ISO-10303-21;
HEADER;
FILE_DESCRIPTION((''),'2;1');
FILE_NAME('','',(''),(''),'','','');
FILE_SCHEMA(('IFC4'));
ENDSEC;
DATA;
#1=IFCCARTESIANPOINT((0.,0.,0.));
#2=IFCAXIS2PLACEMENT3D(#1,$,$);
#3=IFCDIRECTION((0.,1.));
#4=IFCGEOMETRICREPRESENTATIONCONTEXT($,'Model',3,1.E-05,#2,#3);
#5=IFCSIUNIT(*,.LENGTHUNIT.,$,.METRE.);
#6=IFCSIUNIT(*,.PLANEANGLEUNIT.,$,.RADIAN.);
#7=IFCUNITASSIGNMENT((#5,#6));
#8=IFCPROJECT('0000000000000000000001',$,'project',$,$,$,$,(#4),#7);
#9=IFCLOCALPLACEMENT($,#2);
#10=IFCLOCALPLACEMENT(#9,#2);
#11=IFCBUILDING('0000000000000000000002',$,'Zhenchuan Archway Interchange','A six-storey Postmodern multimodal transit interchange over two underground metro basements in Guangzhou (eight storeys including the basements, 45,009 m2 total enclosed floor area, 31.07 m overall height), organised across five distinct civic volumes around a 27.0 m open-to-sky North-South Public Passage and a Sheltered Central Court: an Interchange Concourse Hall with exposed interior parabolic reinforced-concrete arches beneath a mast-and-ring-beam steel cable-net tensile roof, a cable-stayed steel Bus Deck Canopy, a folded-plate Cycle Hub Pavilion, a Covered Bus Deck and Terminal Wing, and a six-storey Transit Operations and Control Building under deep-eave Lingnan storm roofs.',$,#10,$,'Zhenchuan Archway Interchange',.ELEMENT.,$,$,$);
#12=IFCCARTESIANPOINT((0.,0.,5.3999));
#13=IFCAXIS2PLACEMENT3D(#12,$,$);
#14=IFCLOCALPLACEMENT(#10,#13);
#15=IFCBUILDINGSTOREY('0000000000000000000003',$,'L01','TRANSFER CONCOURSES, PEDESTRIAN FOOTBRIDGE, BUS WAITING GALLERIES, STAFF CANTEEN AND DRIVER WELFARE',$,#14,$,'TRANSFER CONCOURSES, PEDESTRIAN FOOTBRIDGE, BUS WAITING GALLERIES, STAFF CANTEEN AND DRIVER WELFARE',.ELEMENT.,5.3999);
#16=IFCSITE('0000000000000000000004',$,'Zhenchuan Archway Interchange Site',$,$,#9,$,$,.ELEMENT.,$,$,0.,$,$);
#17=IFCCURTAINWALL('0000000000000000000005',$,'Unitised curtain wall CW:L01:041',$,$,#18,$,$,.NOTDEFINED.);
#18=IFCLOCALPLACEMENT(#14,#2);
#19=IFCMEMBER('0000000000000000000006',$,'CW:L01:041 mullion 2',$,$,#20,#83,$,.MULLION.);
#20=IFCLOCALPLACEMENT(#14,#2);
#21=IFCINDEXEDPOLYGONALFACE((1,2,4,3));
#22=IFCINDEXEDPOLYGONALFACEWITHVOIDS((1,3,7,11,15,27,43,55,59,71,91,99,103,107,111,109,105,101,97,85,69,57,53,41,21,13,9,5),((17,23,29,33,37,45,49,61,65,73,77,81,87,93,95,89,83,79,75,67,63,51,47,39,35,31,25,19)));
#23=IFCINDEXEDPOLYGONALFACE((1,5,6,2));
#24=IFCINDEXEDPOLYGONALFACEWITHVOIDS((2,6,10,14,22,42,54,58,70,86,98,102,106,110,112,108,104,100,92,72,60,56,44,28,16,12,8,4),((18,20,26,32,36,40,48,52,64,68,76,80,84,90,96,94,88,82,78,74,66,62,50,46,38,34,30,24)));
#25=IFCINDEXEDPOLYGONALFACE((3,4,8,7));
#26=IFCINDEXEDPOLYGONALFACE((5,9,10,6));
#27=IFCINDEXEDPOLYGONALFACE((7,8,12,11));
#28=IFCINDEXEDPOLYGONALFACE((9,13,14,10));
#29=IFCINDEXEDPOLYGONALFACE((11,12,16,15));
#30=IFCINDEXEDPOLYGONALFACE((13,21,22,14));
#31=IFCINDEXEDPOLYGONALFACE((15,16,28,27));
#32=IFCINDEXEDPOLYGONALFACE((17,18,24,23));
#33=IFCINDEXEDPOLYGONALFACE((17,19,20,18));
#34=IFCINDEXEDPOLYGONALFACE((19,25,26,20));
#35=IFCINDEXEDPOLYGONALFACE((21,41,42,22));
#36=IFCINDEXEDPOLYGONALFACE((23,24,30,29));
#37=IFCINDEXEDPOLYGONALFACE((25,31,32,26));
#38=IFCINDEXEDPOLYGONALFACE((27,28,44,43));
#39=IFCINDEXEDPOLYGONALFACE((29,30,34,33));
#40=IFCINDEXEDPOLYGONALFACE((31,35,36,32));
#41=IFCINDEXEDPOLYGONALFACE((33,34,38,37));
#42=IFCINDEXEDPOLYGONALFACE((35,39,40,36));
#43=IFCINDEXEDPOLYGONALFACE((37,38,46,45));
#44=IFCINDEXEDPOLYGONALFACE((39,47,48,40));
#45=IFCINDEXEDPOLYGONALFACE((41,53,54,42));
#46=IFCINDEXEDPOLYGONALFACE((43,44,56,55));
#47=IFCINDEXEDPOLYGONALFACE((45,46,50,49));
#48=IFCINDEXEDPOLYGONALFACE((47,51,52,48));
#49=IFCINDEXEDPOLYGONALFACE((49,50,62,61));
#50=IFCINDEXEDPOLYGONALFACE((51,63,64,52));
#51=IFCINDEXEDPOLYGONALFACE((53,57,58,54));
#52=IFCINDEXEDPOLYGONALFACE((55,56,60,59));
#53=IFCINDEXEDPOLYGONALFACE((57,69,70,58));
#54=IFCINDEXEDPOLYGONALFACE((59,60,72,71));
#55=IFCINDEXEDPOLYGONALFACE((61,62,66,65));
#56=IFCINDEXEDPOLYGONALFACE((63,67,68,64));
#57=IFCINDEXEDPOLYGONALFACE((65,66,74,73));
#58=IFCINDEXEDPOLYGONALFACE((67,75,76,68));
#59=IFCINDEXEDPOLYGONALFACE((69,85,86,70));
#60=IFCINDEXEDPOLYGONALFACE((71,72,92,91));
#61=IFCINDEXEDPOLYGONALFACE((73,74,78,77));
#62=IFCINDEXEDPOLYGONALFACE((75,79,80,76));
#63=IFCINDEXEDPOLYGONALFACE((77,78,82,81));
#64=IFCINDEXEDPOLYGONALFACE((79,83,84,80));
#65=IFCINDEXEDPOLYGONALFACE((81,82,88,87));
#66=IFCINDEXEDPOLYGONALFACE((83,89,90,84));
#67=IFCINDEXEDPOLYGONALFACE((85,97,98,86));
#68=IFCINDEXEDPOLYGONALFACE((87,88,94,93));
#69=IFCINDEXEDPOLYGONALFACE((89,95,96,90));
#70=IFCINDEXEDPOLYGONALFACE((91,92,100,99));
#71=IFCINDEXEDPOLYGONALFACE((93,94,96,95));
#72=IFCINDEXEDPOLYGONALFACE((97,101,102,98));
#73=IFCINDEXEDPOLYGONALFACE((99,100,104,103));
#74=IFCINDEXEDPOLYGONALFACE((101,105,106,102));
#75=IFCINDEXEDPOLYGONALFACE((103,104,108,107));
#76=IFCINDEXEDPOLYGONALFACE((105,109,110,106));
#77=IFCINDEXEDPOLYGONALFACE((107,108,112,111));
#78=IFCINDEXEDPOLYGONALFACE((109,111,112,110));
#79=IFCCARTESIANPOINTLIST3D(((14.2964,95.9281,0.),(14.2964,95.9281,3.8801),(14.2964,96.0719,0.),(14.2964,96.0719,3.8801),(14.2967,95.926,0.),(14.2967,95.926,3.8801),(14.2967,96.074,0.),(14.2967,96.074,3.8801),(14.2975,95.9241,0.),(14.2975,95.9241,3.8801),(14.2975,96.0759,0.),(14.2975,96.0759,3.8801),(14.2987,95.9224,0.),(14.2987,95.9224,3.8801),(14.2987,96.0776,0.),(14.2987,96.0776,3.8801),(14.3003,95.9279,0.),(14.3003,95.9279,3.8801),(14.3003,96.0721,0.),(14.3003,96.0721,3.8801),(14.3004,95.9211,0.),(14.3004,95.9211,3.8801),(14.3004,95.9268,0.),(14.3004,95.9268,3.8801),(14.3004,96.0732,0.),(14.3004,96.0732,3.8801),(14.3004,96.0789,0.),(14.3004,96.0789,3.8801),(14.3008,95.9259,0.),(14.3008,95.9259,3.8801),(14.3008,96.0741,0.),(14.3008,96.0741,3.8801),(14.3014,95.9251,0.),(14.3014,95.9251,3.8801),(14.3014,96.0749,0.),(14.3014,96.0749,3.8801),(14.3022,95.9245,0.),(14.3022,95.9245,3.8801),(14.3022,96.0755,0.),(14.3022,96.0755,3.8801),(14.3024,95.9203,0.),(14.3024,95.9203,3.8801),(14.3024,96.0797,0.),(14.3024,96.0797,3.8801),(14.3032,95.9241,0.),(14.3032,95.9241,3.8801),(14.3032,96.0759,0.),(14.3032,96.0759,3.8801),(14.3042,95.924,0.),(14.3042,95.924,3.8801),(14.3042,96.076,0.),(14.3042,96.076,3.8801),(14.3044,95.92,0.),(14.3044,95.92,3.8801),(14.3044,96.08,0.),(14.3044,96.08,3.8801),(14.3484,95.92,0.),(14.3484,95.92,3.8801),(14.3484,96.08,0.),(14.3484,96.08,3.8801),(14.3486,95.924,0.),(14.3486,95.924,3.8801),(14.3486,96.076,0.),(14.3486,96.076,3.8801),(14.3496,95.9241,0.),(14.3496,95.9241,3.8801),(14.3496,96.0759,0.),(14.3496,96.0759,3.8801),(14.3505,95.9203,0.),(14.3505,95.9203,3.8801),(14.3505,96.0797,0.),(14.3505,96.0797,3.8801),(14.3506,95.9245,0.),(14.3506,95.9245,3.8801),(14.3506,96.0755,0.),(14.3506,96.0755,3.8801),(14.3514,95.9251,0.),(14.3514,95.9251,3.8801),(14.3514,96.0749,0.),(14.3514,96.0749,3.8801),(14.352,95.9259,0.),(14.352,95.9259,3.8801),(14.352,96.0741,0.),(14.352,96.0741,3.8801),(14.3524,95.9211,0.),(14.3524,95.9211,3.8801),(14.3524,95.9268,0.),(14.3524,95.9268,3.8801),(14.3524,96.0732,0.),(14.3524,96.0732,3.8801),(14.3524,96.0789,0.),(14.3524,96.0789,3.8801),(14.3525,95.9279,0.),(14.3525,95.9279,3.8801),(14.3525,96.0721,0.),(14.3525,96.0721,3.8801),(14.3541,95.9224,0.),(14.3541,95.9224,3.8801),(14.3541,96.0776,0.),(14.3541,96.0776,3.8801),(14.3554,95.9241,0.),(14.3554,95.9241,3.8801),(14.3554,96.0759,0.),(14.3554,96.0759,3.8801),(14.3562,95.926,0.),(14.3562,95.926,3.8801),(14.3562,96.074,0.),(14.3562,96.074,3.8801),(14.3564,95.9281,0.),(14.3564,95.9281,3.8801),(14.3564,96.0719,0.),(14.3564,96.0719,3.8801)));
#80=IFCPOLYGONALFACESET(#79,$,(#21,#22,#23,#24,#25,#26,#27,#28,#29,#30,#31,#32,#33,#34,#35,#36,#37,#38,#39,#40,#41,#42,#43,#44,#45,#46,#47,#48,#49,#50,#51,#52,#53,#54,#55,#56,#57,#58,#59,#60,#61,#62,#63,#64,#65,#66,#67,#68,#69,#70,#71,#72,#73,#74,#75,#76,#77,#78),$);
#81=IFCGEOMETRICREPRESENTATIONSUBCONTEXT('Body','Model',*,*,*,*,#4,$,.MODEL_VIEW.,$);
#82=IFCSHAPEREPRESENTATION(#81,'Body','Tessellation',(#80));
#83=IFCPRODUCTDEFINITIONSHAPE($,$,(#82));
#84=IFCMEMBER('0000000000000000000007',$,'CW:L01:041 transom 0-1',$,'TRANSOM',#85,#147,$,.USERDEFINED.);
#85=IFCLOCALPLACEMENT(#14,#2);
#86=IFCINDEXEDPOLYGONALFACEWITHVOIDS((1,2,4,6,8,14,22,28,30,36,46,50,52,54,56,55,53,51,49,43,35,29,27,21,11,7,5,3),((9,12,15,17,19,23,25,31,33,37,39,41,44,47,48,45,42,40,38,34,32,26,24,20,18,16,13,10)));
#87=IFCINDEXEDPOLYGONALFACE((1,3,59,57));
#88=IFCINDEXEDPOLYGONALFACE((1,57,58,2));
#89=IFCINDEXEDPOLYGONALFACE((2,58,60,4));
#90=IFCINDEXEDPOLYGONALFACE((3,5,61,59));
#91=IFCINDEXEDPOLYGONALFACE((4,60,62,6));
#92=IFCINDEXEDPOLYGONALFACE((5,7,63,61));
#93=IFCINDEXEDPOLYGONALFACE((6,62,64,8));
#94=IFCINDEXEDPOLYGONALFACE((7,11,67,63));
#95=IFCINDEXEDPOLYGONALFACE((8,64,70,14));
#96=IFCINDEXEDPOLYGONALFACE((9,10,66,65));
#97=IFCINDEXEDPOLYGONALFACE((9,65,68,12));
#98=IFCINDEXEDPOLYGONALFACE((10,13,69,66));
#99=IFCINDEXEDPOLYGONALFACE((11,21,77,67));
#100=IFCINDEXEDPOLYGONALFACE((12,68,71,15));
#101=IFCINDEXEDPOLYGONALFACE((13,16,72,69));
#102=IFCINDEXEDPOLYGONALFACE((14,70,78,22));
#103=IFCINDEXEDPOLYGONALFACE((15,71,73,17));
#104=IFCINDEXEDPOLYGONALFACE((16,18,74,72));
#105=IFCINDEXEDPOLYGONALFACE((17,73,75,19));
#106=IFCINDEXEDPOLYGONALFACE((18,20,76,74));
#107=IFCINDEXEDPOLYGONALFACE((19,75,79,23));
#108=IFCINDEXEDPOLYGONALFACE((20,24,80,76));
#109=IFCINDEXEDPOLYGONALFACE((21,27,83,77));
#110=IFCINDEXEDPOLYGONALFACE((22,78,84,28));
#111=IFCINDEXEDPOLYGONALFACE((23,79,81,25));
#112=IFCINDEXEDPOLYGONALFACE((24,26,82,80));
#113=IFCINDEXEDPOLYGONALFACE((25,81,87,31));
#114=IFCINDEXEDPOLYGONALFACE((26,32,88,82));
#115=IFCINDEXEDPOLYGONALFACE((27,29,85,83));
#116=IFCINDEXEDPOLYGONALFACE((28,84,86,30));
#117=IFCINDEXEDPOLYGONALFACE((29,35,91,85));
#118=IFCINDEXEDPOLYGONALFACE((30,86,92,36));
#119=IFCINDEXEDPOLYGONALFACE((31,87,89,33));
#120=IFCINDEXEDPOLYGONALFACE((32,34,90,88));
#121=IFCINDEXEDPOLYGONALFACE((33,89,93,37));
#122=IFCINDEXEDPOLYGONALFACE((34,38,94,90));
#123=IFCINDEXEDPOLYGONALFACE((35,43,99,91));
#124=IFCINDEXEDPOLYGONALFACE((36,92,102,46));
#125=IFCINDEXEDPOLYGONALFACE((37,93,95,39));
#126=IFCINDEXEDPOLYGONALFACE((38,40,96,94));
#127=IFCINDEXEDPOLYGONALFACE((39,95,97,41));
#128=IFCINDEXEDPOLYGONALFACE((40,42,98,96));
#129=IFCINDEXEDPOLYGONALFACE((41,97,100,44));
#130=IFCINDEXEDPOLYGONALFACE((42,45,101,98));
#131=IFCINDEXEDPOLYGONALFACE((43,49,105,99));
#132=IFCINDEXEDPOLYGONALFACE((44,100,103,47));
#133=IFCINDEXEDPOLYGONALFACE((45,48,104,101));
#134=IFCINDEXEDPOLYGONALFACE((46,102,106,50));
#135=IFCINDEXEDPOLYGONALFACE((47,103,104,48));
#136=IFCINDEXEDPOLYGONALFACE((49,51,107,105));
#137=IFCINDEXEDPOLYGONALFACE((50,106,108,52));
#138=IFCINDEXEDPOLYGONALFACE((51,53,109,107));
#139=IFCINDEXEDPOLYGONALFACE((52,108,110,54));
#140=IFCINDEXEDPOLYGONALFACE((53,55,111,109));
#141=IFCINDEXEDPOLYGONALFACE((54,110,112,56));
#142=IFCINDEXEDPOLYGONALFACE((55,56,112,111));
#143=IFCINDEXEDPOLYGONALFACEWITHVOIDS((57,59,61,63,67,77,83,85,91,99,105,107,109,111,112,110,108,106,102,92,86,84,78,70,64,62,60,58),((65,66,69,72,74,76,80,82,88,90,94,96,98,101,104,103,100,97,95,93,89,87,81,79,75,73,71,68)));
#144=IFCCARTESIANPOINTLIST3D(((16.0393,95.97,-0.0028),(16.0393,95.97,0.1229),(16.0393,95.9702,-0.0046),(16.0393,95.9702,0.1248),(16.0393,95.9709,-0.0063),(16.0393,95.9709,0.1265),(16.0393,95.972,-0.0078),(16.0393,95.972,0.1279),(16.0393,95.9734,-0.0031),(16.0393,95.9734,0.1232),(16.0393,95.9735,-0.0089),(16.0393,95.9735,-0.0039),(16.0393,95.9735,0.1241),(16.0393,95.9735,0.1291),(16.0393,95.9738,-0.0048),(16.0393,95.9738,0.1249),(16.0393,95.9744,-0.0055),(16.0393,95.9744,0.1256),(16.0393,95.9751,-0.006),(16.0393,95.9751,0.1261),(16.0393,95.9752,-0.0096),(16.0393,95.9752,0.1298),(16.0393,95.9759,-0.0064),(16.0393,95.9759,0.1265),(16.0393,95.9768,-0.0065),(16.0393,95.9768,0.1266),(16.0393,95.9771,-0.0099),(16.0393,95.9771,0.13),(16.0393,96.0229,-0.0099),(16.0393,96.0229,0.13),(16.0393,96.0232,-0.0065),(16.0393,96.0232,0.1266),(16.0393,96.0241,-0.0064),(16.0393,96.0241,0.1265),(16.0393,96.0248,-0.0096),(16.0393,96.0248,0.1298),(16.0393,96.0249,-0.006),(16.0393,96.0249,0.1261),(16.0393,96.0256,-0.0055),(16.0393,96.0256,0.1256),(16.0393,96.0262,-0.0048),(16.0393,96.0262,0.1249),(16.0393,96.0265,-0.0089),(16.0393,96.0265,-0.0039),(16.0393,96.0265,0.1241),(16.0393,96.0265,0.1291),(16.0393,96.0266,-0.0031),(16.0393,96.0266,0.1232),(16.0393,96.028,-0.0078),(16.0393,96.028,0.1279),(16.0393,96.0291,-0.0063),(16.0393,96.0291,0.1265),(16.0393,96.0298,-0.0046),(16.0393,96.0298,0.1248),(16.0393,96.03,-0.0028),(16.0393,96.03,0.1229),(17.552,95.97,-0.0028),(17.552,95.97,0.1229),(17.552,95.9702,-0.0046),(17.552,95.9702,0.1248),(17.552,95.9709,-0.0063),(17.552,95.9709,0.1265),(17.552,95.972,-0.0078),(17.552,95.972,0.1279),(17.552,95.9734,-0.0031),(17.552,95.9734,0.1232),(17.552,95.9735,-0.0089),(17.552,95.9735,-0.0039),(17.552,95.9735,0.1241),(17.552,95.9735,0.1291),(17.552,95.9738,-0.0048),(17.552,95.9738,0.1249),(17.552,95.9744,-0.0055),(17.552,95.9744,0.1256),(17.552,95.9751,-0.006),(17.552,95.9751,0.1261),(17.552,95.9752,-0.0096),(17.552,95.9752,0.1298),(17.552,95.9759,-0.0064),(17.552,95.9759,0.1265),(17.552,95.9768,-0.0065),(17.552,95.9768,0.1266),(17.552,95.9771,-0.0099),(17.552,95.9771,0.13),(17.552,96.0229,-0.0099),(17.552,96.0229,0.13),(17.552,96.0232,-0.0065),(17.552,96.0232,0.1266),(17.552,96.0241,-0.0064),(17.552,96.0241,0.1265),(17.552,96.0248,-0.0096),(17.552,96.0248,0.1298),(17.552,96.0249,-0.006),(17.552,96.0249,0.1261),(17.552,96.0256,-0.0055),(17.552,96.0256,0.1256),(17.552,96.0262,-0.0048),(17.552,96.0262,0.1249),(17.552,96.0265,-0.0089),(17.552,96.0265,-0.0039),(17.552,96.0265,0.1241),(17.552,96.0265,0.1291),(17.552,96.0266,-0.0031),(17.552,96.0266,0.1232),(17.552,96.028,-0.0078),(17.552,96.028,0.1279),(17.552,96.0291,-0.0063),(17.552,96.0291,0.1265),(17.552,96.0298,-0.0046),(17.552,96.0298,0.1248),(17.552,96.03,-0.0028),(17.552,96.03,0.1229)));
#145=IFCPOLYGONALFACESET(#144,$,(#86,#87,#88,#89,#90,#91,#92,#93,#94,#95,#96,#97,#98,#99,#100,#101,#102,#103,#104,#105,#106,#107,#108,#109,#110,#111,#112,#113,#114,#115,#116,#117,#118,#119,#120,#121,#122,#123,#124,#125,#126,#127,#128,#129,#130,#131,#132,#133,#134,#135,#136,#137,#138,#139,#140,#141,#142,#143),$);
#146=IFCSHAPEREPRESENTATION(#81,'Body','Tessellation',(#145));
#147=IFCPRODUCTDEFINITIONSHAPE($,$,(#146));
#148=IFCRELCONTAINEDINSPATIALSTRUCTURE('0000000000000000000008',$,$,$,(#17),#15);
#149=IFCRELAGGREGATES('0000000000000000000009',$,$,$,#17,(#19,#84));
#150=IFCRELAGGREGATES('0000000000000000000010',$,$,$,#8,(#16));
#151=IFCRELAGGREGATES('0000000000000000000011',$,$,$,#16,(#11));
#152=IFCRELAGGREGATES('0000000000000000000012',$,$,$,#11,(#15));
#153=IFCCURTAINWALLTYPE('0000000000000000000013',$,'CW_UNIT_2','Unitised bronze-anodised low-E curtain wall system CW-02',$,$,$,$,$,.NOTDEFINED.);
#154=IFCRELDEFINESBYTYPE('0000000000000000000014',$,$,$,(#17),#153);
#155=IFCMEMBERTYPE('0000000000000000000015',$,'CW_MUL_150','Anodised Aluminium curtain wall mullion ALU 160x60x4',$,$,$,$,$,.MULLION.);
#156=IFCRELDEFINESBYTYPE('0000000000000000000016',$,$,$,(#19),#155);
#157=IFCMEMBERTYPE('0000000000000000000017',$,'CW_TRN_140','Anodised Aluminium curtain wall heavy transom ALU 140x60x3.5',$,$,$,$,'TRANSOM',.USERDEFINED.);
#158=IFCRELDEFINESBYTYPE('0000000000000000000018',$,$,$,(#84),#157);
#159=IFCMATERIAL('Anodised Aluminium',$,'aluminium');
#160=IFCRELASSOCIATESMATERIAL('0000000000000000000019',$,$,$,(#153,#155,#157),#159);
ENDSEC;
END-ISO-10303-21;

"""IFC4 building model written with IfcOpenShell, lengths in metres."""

from ifc_helpers import new_model, si_unit, direction, frame, origin, origin_2d, place, context, subcontext, project, spatial, hollow_rectangle, extrude, material, material_profile, profile_set, type_object, element, aggregate, save


model = new_model("IFC4")

# Units and contexts
model_context = context("Model", 3, precision=1e-05, world=origin(), true_north=direction((0.0, 1.0)))
body_context = subcontext(model_context, "Body", "Model", "MODEL_VIEW")
ifc_project = project(units=[si_unit("LENGTHUNIT", "METRE"), si_unit("PLANEANGLEUNIT", "RADIAN")], contexts=[model_context])

# Site, building, storey
site_placement = place(None, origin())
site = spatial("IfcSite", under=ifc_project, at=site_placement, Name="Zhenchuan Archway Interchange Site", CompositionType="ELEMENT", RefElevation=0.0)
building_placement = place(site_placement, origin())
building = spatial("IfcBuilding", under=site, at=building_placement, Name="Zhenchuan Archway Interchange", Description="A six-storey Postmodern multimodal transit interchange over two underground metro basements in Guangzhou (eight storeys including the basements, 45,009 m2 total enclosed floor area, 31.07 m overall height), organised across five distinct civic volumes around a 27.0 m open-to-sky North-South Public Passage and a Sheltered Central Court: an Interchange Concourse Hall with exposed interior parabolic reinforced-concrete arches beneath a mast-and-ring-beam steel cable-net tensile roof, a cable-stayed steel Bus Deck Canopy, a folded-plate Cycle Hub Pavilion, a Covered Bus Deck and Terminal Wing, and a six-storey Transit Operations and Control Building under deep-eave Lingnan storm roofs.", LongName="Zhenchuan Archway Interchange", CompositionType="ELEMENT")
storey_placement = place(building_placement, frame((0.0, 0.0, 5.3999)))
storey = spatial("IfcBuildingStorey", under=building, at=storey_placement, Name="L01", Description="TRANSFER CONCOURSES, PEDESTRIAN FOOTBRIDGE, BUS WAITING GALLERIES, STAFF CANTEEN AND DRIVER WELFARE", LongName="TRANSFER CONCOURSES, PEDESTRIAN FOOTBRIDGE, BUS WAITING GALLERIES, STAFF CANTEEN AND DRIVER WELFARE", CompositionType="ELEMENT", Elevation=5.3999)

# Curtain wall, members
ifc_material_1 = material(Name="Anodised Aluminium", Category="aluminium")
curtain_wall_type = type_object("IfcCurtainWallType", Name="CW_UNIT_2", Description="Unitised bronze-anodised low-E curtain wall system CW-02", PredefinedType="NOTDEFINED", material=ifc_material_1)
curtain_wall_placement = place(storey_placement, origin())
curtain_wall = element("IfcCurtainWall", 1, at=curtain_wall_placement, inside=storey, type_object=curtain_wall_type, Name="Unitised curtain wall CW:L01:041", PredefinedType="NOTDEFINED")
ifc_material_profile_1 = material_profile(ifc_material_1, hollow_rectangle(XDim=0.0601, YDim=0.1599, WallThickness=0.0039, InnerFilletRadius=0.0039, OuterFilletRadius=0.0081, at=origin_2d()), Name="ALU 160x60x4")
ifc_profile_set_1 = profile_set([ifc_material_profile_1], Name="Anodised Aluminium")
member_type_1 = type_object("IfcMemberType", Name="CW_MUL_150", Description="Anodised Aluminium curtain wall mullion ALU 160x60x4", PredefinedType="MULLION", material=ifc_profile_set_1)
member_1_placement = place(storey_placement, frame((14.3264, 96.0, 0.0), z_axis=(0.0, 0.0, 1.0), x_axis=(1.0, 0.0, 0.0)))
member_1 = element("IfcMember", 2, at=member_1_placement, type_object=member_type_1, Name="CW:L01:041 mullion 2", PredefinedType="MULLION", context=body_context, shape_type="SweptSolid", body=[
    extrude(hollow_rectangle(XDim=0.0601, YDim=0.1599, WallThickness=0.0039, InnerFilletRadius=0.0039, OuterFilletRadius=0.0081, at=origin_2d()), origin(), (0.0, 0.0, 1.0), 3.8801),
])
ifc_material_profile_2 = material_profile(ifc_material_1, hollow_rectangle(XDim=0.0601, YDim=0.1399, WallThickness=0.0034, InnerFilletRadius=0.0034, OuterFilletRadius=0.0071, at=origin_2d()), Name="ALU 140x60x3.5")
ifc_profile_set_2 = profile_set([ifc_material_profile_2], Name="Anodised Aluminium")
member_type_2 = type_object("IfcMemberType", Name="CW_TRN_140", Description="Anodised Aluminium curtain wall heavy transom ALU 140x60x3.5", ElementType="TRANSOM", PredefinedType="USERDEFINED", material=ifc_profile_set_2)
member_2_placement = place(storey_placement, frame((17.552, 96.0, 0.0601), z_axis=(-1.0, 0.0, 0.0), x_axis=(0.0, -1.0, 0.0)))
member_2 = element("IfcMember", 3, at=member_2_placement, type_object=member_type_2, Name="CW:L01:041 transom 0-1", ObjectType="TRANSOM", PredefinedType="USERDEFINED", context=body_context, shape_type="SweptSolid", body=[
    extrude(hollow_rectangle(XDim=0.0601, YDim=0.1399, WallThickness=0.0034, InnerFilletRadius=0.0034, OuterFilletRadius=0.0071, at=origin_2d()), origin(), (0.0, 0.0, 1.0), 1.5127),
])

aggregate(curtain_wall, [member_1, member_2])

save(model, "model.ifc")
